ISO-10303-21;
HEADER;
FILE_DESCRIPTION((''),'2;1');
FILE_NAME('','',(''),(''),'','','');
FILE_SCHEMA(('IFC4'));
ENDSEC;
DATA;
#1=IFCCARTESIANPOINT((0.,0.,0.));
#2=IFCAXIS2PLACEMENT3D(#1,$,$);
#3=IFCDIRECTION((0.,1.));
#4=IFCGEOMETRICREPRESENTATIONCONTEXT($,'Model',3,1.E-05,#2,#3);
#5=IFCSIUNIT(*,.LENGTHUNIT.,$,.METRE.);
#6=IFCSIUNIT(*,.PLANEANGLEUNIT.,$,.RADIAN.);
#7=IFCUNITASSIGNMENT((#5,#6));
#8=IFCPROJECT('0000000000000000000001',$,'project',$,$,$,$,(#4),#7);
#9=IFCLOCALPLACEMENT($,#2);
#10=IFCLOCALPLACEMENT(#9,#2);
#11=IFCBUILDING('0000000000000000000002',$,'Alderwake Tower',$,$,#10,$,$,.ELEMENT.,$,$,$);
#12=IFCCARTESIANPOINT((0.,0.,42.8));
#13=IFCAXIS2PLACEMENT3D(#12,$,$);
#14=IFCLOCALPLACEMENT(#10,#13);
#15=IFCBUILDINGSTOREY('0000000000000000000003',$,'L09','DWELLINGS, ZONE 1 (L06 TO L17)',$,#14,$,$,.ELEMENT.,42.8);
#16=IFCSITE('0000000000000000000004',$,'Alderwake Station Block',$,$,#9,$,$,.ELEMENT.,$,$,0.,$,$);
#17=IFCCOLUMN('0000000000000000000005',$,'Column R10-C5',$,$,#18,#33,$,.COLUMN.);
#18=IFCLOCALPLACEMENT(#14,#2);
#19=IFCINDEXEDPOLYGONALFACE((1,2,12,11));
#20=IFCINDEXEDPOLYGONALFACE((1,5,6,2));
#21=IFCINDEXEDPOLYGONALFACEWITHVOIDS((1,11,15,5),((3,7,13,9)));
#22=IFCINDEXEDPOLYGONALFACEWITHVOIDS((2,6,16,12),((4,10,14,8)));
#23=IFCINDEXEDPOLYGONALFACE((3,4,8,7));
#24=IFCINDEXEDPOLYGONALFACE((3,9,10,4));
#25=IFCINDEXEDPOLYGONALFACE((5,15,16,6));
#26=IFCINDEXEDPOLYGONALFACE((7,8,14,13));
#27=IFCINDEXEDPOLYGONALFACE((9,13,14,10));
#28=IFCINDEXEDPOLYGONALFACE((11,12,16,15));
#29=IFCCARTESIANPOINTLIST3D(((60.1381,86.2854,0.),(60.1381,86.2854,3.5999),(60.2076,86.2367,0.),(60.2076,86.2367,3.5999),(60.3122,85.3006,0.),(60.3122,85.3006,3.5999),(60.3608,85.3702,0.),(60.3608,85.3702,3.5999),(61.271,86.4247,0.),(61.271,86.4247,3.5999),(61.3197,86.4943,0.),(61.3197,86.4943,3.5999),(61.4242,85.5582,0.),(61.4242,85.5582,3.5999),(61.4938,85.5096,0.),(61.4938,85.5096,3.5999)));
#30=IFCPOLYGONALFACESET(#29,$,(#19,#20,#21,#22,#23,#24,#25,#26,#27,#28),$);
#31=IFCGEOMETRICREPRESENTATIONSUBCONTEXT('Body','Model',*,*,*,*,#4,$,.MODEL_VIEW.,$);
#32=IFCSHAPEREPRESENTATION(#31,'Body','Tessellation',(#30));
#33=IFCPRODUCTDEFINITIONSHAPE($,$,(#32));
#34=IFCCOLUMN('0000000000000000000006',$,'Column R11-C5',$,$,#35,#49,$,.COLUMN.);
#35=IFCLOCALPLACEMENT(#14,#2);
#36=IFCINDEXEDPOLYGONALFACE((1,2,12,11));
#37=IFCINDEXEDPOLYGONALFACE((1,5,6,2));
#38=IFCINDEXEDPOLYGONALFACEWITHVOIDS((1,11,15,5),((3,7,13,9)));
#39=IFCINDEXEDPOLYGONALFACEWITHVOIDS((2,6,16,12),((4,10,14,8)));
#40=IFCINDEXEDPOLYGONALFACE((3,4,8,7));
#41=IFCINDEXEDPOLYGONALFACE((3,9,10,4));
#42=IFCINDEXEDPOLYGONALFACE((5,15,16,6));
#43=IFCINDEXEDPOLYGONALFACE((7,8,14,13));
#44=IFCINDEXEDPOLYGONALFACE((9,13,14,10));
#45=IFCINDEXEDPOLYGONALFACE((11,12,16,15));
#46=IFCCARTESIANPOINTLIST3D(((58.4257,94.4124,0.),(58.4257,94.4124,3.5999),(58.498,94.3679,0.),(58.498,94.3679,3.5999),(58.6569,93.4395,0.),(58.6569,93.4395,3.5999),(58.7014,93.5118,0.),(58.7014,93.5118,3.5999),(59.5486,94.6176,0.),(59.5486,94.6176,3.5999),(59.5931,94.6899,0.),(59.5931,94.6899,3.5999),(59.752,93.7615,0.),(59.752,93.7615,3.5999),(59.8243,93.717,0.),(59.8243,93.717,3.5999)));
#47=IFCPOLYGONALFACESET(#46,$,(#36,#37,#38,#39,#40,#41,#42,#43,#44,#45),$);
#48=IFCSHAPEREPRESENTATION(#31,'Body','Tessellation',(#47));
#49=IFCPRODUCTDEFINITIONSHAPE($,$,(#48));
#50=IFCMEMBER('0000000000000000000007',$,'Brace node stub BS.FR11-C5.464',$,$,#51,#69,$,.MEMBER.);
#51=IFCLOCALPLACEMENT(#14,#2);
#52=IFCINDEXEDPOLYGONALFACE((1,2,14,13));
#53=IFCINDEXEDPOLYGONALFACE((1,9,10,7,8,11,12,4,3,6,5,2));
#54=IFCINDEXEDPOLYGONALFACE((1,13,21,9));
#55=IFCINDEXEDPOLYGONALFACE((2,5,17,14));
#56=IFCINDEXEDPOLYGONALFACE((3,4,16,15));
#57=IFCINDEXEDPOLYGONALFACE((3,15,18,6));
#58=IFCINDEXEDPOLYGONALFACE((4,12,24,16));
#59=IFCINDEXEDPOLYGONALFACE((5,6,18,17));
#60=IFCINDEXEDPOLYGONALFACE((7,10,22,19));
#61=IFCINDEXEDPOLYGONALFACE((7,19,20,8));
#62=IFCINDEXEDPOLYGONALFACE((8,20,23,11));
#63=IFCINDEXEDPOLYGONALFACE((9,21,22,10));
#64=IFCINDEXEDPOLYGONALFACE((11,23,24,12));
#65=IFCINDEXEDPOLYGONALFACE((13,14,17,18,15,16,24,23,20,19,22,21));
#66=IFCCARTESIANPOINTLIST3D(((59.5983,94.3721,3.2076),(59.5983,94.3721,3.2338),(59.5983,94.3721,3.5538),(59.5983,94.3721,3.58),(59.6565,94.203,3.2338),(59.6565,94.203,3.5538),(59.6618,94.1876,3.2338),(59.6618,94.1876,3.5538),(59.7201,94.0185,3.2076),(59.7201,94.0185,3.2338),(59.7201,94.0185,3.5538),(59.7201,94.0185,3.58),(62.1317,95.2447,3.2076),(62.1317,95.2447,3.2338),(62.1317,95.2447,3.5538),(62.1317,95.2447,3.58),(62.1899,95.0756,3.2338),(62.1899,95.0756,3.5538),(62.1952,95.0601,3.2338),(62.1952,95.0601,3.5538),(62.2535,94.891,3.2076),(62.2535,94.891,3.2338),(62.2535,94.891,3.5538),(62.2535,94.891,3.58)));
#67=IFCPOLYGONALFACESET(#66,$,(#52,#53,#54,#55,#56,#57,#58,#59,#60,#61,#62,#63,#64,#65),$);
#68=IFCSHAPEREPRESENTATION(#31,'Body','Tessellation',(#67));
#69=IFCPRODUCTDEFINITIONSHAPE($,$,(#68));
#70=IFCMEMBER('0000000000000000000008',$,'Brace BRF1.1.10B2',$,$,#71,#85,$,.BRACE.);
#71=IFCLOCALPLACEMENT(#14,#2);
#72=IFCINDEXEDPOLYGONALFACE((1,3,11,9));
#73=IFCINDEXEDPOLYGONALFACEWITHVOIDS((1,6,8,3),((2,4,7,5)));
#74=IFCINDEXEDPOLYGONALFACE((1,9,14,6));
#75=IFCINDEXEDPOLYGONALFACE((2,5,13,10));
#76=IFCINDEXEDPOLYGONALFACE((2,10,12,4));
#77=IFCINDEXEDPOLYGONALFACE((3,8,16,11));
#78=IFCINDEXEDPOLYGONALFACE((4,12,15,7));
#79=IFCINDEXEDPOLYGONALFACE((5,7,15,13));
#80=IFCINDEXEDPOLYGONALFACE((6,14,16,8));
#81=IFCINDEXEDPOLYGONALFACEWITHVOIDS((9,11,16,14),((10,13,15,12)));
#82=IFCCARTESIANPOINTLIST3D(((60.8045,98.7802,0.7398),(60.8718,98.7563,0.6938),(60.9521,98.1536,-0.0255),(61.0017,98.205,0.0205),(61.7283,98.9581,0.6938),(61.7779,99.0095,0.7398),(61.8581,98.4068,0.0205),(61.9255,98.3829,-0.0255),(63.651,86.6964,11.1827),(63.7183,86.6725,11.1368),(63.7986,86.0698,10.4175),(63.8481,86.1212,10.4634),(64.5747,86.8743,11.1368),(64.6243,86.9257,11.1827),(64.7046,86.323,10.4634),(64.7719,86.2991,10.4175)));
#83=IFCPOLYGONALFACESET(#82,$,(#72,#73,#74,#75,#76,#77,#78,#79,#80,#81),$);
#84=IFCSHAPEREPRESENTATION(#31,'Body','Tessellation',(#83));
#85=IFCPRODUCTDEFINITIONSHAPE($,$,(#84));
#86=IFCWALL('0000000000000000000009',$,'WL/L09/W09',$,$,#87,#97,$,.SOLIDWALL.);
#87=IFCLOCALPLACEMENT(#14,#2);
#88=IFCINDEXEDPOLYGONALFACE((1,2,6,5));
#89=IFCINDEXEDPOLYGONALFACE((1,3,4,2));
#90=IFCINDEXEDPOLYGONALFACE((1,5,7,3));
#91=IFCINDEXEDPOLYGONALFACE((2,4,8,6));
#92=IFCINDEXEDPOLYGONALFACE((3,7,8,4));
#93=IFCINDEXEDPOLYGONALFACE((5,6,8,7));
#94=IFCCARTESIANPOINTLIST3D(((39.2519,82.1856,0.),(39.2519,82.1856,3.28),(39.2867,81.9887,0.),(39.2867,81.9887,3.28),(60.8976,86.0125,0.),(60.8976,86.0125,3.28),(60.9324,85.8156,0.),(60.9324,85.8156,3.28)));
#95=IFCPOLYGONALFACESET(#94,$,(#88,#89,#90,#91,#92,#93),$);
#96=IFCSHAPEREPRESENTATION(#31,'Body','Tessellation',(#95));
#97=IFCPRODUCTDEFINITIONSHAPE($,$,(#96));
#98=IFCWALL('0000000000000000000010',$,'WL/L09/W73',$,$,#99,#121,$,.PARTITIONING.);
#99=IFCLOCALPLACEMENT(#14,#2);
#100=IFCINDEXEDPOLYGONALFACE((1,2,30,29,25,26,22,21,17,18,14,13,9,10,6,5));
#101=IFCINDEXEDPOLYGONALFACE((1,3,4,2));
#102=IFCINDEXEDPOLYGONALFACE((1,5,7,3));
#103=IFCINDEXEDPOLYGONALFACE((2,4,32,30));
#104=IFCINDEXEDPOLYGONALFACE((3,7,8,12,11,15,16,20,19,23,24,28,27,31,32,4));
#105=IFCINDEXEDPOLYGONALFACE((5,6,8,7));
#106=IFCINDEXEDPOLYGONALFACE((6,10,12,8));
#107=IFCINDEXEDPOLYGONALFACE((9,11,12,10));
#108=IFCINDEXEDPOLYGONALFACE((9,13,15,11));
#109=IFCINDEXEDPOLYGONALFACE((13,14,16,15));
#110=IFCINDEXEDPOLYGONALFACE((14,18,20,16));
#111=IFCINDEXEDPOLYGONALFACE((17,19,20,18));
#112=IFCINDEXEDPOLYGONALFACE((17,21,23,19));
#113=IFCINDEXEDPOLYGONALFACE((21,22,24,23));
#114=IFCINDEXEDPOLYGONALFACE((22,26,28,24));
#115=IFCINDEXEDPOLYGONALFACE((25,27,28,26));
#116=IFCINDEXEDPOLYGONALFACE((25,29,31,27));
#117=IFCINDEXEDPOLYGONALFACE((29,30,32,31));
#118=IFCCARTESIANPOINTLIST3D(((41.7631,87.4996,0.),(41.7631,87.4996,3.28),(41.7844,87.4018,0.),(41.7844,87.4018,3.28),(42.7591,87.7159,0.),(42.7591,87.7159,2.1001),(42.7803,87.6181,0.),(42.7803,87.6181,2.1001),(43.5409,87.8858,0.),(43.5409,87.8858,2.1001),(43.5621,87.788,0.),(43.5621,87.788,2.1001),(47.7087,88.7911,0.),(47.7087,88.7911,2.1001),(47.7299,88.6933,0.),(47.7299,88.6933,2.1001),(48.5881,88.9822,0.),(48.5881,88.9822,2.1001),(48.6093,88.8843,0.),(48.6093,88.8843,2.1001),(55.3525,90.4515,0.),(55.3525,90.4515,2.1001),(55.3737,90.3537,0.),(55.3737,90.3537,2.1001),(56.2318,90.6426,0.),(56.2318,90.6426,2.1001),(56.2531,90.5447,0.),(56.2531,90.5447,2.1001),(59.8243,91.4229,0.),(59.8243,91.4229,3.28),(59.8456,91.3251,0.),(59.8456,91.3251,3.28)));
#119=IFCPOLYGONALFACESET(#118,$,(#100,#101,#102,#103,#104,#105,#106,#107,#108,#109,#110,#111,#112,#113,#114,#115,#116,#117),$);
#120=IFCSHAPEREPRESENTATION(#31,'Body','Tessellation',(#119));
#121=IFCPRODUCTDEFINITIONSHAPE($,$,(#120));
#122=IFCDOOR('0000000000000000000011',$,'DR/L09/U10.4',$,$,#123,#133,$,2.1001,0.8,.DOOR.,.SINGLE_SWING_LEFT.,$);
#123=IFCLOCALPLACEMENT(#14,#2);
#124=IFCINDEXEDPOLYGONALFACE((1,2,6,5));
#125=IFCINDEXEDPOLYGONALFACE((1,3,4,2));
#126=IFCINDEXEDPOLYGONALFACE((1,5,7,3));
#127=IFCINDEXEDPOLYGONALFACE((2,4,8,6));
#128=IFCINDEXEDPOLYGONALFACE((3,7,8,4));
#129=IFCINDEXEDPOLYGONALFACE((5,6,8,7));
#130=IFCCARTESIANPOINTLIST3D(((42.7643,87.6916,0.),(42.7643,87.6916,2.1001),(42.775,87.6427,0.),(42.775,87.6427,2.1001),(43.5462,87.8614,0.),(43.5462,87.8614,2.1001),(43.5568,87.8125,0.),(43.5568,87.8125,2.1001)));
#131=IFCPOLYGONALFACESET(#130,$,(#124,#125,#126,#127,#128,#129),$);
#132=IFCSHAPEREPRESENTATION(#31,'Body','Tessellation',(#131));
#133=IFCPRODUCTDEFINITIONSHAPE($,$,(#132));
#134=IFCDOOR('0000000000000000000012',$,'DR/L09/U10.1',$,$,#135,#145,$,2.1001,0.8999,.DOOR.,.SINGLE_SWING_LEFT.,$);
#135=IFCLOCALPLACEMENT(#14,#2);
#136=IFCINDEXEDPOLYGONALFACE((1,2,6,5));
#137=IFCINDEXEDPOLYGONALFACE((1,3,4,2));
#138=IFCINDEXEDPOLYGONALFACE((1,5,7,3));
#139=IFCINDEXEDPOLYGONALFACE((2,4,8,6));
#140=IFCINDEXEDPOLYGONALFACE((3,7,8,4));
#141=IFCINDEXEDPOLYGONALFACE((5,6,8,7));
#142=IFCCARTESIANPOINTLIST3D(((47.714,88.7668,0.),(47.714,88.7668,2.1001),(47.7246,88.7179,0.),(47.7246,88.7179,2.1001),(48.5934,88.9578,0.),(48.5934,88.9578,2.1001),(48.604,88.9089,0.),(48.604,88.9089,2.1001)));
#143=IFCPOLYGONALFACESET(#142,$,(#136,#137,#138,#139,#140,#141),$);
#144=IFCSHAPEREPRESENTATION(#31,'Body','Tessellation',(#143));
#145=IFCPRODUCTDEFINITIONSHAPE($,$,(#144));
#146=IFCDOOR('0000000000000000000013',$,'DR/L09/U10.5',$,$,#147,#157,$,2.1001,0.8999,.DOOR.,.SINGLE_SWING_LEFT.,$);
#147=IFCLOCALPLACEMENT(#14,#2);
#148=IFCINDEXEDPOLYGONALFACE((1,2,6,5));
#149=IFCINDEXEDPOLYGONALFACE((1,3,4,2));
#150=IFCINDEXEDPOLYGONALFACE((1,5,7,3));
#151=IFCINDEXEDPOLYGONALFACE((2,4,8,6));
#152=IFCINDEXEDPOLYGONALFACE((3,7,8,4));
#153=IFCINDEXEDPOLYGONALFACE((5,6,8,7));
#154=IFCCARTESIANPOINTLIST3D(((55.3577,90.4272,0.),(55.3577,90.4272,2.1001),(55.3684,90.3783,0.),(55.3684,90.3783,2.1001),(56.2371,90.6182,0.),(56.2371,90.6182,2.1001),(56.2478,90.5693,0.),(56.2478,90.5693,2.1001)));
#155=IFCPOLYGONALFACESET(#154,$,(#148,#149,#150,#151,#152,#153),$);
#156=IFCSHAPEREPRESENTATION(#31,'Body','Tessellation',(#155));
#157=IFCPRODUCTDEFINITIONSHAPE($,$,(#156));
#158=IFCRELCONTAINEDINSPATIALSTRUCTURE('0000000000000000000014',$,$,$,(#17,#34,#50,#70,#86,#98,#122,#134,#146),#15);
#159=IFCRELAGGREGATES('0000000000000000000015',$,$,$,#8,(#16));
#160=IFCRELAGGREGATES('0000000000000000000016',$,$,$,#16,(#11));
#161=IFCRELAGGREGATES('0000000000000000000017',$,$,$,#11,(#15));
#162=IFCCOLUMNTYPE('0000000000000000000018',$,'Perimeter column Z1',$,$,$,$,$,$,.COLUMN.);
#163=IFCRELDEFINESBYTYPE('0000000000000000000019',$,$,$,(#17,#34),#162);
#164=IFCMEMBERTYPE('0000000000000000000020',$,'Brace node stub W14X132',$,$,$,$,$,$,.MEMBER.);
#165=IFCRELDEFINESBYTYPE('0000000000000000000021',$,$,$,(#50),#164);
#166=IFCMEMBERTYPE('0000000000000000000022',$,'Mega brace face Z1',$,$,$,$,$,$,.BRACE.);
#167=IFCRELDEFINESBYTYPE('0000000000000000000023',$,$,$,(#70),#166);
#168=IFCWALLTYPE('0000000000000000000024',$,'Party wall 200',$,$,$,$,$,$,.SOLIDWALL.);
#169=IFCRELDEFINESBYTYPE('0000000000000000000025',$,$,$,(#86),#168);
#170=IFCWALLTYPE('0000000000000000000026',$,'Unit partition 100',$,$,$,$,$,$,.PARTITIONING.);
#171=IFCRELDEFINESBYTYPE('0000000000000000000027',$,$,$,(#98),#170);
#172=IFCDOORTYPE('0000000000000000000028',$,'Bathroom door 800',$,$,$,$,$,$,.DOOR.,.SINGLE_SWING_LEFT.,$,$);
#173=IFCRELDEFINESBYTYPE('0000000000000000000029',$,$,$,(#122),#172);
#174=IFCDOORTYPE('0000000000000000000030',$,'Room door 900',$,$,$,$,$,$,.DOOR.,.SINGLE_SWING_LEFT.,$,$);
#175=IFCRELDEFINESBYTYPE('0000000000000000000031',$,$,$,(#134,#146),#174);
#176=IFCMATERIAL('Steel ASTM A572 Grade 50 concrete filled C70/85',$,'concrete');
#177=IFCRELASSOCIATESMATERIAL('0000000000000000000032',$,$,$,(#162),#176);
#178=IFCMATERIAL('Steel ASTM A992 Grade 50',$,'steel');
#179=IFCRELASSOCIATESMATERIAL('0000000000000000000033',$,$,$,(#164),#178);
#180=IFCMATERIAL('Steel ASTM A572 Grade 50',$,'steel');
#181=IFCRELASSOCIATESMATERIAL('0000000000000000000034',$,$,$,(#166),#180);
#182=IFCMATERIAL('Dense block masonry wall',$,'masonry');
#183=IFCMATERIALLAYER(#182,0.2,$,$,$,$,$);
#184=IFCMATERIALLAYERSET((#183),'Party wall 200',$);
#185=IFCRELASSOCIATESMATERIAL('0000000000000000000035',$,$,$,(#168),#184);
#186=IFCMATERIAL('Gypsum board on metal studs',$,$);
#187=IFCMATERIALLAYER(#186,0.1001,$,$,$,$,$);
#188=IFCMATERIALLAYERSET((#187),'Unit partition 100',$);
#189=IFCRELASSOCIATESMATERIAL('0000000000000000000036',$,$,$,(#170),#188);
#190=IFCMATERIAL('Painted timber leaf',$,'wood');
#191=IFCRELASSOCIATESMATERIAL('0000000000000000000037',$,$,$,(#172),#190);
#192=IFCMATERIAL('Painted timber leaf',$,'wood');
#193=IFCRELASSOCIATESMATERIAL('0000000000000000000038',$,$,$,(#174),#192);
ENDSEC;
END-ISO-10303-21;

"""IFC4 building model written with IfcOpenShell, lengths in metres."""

from ifc_helpers import new_model, si_unit, direction, frame, frame_2d, origin, origin_2d, place, context, subcontext, project, spatial, rectangle, hollow_rectangle, i_section, extrude, material, layer, layer_set, material_profile, profile_set, type_object, element, fill, save


model = new_model("IFC4")

# Units and contexts
model_context = context("Model", 3, precision=1e-05, world=origin(), true_north=direction((0.0, 1.0)))
body_context = subcontext(model_context, "Body", "Model", "MODEL_VIEW")
ifc_project = project(units=[si_unit("LENGTHUNIT", "METRE"), si_unit("PLANEANGLEUNIT", "RADIAN")], contexts=[model_context])

# Site, building, storey
site_placement = place(None, origin())
site = spatial("IfcSite", under=ifc_project, at=site_placement, Name="Alderwake Station Block", CompositionType="ELEMENT", RefElevation=0.0)
building_placement = place(site_placement, origin())
building = spatial("IfcBuilding", under=site, at=building_placement, Name="Alderwake Tower", CompositionType="ELEMENT")
storey_placement = place(building_placement, frame((0.0, 0.0, 42.8)))
storey = spatial("IfcBuildingStorey", under=building, at=storey_placement, Name="L09", Description="DWELLINGS, ZONE 1 (L06 TO L17)", CompositionType="ELEMENT", Elevation=42.8)

# Columns
ifc_material_1 = material(Name="Steel ASTM A572 Grade 50 concrete filled C70/85", Category="concrete")
ifc_material_profile_1 = material_profile(ifc_material_1, hollow_rectangle(XDim=1.0, YDim=1.2, WallThickness=0.0601, at=origin_2d()), Name="BOX 1200X1000X60")
ifc_profile_set_1 = profile_set([ifc_material_profile_1], Name="Steel ASTM A572 Grade 50 concrete filled C70/85")
column_type = type_object("IfcColumnType", Name="Perimeter column Z1", PredefinedType="COLUMN", material=ifc_profile_set_1)
for number, where, z_axis, x_axis, name in (
    (1, (60.8159, 85.8975, 0.0), (0.0, 0.0, 1.0), (-0.174109, 0.984726, 0.0), "Column R10-C5"),
    (2, (59.125, 94.0647, 0.0), (0.0, 0.0, 1.0), (-0.231222, 0.972901, 0.0), "Column R11-C5"),
):
    element("IfcColumn", number, at=place(storey_placement, frame(where, z_axis=z_axis, x_axis=x_axis)), inside=storey, type_object=column_type, Name=name, PredefinedType="COLUMN", context=body_context, shape_type="SweptSolid", body=[
        extrude(hollow_rectangle(XDim=1.0, YDim=1.2, WallThickness=0.0601, at=origin_2d()), origin(), (0.0, 0.0, 1.0), 3.5999),
    ])

# Members
ifc_material_2 = material(Name="Steel ASTM A992 Grade 50", Category="steel")
ifc_material_profile_2 = material_profile(ifc_material_2, i_section(OverallWidth=0.374, OverallDepth=0.3723, WebThickness=0.0164, FlangeThickness=0.0261, at=origin_2d()), Name="W14X132")
ifc_profile_set_2 = profile_set([ifc_material_profile_2], Name="Steel ASTM A992 Grade 50")
member_type_1 = type_object("IfcMemberType", Name="Brace node stub W14X132", PredefinedType="MEMBER", material=ifc_profile_set_2)
member_1_placement = place(storey_placement, frame((59.6592, 94.1953, 3.3938), z_axis=(0.945493, 0.325642, 0.0), x_axis=(-0.325642, 0.945493, 0.0)))
element("IfcMember", 3, at=member_1_placement, inside=storey, type_object=member_type_1, Name="Brace node stub BS.FR11-C5.464", PredefinedType="MEMBER", context=body_context, shape_type="SweptSolid", body=[
    extrude(i_section(OverallWidth=0.374, OverallDepth=0.3723, WebThickness=0.0164, FlangeThickness=0.0261, at=origin_2d()), origin(), (0.0, 0.0, 1.0), 2.6794),
])
ifc_material_3 = material(Name="Steel ASTM A572 Grade 50", Category="steel")
ifc_material_profile_3 = material_profile(ifc_material_3, hollow_rectangle(XDim=1.0, YDim=1.0, WallThickness=0.0601, at=origin_2d()), Name="BOX 1000X1000X60")
ifc_profile_set_3 = profile_set([ifc_material_profile_3], Name="Steel ASTM A572 Grade 50")
member_type_2 = type_object("IfcMemberType", Name="Mega brace face Z1", PredefinedType="BRACE", material=ifc_profile_set_3)
member_2_placement = place(storey_placement, frame((61.365, 98.5815, 0.3572), z_axis=(0.175461, -0.744871, 0.643724), x_axis=(0.97336, 0.229284, 0.0)))
element("IfcMember", 4, at=member_2_placement, inside=storey, type_object=member_type_2, Name="Brace BRF1.1.10B2", PredefinedType="BRACE", context=body_context, shape_type="SweptSolid", body=[
    extrude(hollow_rectangle(XDim=1.0, YDim=1.0, WallThickness=0.0601, at=origin_2d()), origin(), (0.0, 0.0, 1.0), 16.2227),
])

# Wall
ifc_material_4 = material(Name="Dense block masonry wall", Category="masonry")
ifc_layer_1 = layer(ifc_material_4, 0.2)
ifc_layer_set_1 = layer_set([ifc_layer_1], Name="Party wall 200")
wall_type_1 = type_object("IfcWallType", Name="Party wall 200", PredefinedType="SOLIDWALL", material=ifc_layer_set_1)
wall_1_placement = place(storey_placement, frame((60.915, 85.9141, 0.0), z_axis=(0.0, 0.0, 1.0), x_axis=(-0.984728, -0.174097, 0.0)))
element("IfcWall", 5, at=wall_1_placement, inside=storey, type_object=wall_type_1, Name="WL/L09/W09", PredefinedType="SOLIDWALL", context=body_context, shape_type="SweptSolid", body=[
    extrude(rectangle(XDim=21.9814, YDim=0.2, at=frame_2d((10.9907, 0.0))), origin(), (0.0, 0.0, 1.0), 3.28),
])

# Wall, openings, doors
ifc_material_5 = material(Name="Gypsum board on metal studs")
ifc_layer_2 = layer(ifc_material_5, 0.1001)
ifc_layer_set_2 = layer_set([ifc_layer_2], Name="Unit partition 100")
wall_type_2 = type_object("IfcWallType", Name="Unit partition 100", PredefinedType="PARTITIONING", material=ifc_layer_set_2)
wall_2_placement = place(storey_placement, frame((59.835, 91.374, 0.0), z_axis=(0.0, 0.0, 1.0), x_axis=(-0.97721, -0.212273, 0.0)))
wall_2 = element("IfcWall", 6, at=wall_2_placement, inside=storey, type_object=wall_type_2, Name="WL/L09/W73", PredefinedType="PARTITIONING", context=body_context, shape_type="SweptSolid", body=[
    extrude(rectangle(XDim=18.4824, YDim=0.1001, at=frame_2d((9.2412, 0.0))), origin(), (0.0, 0.0, 1.0), 3.28),
])
opening_1_placement = place(wall_2_placement, frame((11.4983, 0.0, 0.0)))
opening_1 = element("IfcOpeningElement", 7, at=opening_1_placement, cuts=wall_2, PredefinedType="OPENING", context=body_context, shape_type="SweptSolid", body=[
    extrude(rectangle(XDim=0.8999, YDim=2.1001, at=frame_2d((0.45, 1.05))), frame((0.0, 0.0601, 0.0), z_axis=(0.0, -1.0, 0.0), x_axis=(1.0, 0.0, 0.0)), (0.0, 0.0, 1.0), 0.1201),
])
opening_2_placement = place(wall_2_placement, frame((16.6633, 0.0, 0.0)))
opening_2 = element("IfcOpeningElement", 8, at=opening_2_placement, cuts=wall_2, PredefinedType="OPENING", context=body_context, shape_type="SweptSolid", body=[
    extrude(rectangle(XDim=0.8, YDim=2.1001, at=frame_2d((0.3999, 1.05))), frame((0.0, 0.0601, 0.0), z_axis=(0.0, -1.0, 0.0), x_axis=(1.0, 0.0, 0.0)), (0.0, 0.0, 1.0), 0.1201),
])
opening_3_placement = place(wall_2_placement, frame((3.6763, 0.0, 0.0)))
opening_3 = element("IfcOpeningElement", 9, at=opening_3_placement, cuts=wall_2, PredefinedType="OPENING", context=body_context, shape_type="SweptSolid", body=[
    extrude(rectangle(XDim=0.8999, YDim=2.1001, at=frame_2d((0.45, 1.05))), frame((0.0, 0.0601, 0.0), z_axis=(0.0, -1.0, 0.0), x_axis=(1.0, 0.0, 0.0)), (0.0, 0.0, 1.0), 0.1201),
])
ifc_material_6 = material(Name="Painted timber leaf", Category="wood")
door_type_1 = type_object("IfcDoorType", Name="Bathroom door 800", OperationType="SINGLE_SWING_LEFT", PredefinedType="DOOR", material=ifc_material_6)
door_1_placement = place(opening_2_placement, origin())
door_1 = element("IfcDoor", 10, at=door_1_placement, inside=storey, type_object=door_type_1, Name="DR/L09/U10.4", OperationType="SINGLE_SWING_LEFT", OverallHeight=2.1001, OverallWidth=0.8, PredefinedType="DOOR", context=body_context, shape_type="SweptSolid", body=[
    extrude(rectangle(XDim=0.8, YDim=2.1001, at=frame_2d((0.3999, 1.05))), frame((0.0, 0.0249, 0.0), z_axis=(0.0, -1.0, 0.0), x_axis=(1.0, 0.0, 0.0)), (0.0, 0.0, 1.0), 0.05),
])
fill(opening_2, door_1)
ifc_material_7 = material(Name="Painted timber leaf", Category="wood")
door_type_2 = type_object("IfcDoorType", Name="Room door 900", OperationType="SINGLE_SWING_LEFT", PredefinedType="DOOR", material=ifc_material_7)
door_2_placement = place(opening_1_placement, origin())
door_2 = element("IfcDoor", 11, at=door_2_placement, inside=storey, type_object=door_type_2, Name="DR/L09/U10.1", OperationType="SINGLE_SWING_LEFT", OverallHeight=2.1001, OverallWidth=0.8999, PredefinedType="DOOR", context=body_context, shape_type="SweptSolid", body=[
    extrude(rectangle(XDim=0.8999, YDim=2.1001, at=frame_2d((0.45, 1.05))), frame((0.0, 0.0249, 0.0), z_axis=(0.0, -1.0, 0.0), x_axis=(1.0, 0.0, 0.0)), (0.0, 0.0, 1.0), 0.05),
])
fill(opening_1, door_2)
door_3_placement = place(opening_3_placement, origin())
door_3 = element("IfcDoor", 12, at=door_3_placement, inside=storey, type_object=door_type_2, Name="DR/L09/U10.5", OperationType="SINGLE_SWING_LEFT", OverallHeight=2.1001, OverallWidth=0.8999, PredefinedType="DOOR", context=body_context, shape_type="SweptSolid", body=[
    extrude(rectangle(XDim=0.8999, YDim=2.1001, at=frame_2d((0.45, 1.05))), frame((0.0, 0.0249, 0.0), z_axis=(0.0, -1.0, 0.0), x_axis=(1.0, 0.0, 0.0)), (0.0, 0.0, 1.0), 0.05),
])
fill(opening_3, door_3)

save(model, "model.ifc")
